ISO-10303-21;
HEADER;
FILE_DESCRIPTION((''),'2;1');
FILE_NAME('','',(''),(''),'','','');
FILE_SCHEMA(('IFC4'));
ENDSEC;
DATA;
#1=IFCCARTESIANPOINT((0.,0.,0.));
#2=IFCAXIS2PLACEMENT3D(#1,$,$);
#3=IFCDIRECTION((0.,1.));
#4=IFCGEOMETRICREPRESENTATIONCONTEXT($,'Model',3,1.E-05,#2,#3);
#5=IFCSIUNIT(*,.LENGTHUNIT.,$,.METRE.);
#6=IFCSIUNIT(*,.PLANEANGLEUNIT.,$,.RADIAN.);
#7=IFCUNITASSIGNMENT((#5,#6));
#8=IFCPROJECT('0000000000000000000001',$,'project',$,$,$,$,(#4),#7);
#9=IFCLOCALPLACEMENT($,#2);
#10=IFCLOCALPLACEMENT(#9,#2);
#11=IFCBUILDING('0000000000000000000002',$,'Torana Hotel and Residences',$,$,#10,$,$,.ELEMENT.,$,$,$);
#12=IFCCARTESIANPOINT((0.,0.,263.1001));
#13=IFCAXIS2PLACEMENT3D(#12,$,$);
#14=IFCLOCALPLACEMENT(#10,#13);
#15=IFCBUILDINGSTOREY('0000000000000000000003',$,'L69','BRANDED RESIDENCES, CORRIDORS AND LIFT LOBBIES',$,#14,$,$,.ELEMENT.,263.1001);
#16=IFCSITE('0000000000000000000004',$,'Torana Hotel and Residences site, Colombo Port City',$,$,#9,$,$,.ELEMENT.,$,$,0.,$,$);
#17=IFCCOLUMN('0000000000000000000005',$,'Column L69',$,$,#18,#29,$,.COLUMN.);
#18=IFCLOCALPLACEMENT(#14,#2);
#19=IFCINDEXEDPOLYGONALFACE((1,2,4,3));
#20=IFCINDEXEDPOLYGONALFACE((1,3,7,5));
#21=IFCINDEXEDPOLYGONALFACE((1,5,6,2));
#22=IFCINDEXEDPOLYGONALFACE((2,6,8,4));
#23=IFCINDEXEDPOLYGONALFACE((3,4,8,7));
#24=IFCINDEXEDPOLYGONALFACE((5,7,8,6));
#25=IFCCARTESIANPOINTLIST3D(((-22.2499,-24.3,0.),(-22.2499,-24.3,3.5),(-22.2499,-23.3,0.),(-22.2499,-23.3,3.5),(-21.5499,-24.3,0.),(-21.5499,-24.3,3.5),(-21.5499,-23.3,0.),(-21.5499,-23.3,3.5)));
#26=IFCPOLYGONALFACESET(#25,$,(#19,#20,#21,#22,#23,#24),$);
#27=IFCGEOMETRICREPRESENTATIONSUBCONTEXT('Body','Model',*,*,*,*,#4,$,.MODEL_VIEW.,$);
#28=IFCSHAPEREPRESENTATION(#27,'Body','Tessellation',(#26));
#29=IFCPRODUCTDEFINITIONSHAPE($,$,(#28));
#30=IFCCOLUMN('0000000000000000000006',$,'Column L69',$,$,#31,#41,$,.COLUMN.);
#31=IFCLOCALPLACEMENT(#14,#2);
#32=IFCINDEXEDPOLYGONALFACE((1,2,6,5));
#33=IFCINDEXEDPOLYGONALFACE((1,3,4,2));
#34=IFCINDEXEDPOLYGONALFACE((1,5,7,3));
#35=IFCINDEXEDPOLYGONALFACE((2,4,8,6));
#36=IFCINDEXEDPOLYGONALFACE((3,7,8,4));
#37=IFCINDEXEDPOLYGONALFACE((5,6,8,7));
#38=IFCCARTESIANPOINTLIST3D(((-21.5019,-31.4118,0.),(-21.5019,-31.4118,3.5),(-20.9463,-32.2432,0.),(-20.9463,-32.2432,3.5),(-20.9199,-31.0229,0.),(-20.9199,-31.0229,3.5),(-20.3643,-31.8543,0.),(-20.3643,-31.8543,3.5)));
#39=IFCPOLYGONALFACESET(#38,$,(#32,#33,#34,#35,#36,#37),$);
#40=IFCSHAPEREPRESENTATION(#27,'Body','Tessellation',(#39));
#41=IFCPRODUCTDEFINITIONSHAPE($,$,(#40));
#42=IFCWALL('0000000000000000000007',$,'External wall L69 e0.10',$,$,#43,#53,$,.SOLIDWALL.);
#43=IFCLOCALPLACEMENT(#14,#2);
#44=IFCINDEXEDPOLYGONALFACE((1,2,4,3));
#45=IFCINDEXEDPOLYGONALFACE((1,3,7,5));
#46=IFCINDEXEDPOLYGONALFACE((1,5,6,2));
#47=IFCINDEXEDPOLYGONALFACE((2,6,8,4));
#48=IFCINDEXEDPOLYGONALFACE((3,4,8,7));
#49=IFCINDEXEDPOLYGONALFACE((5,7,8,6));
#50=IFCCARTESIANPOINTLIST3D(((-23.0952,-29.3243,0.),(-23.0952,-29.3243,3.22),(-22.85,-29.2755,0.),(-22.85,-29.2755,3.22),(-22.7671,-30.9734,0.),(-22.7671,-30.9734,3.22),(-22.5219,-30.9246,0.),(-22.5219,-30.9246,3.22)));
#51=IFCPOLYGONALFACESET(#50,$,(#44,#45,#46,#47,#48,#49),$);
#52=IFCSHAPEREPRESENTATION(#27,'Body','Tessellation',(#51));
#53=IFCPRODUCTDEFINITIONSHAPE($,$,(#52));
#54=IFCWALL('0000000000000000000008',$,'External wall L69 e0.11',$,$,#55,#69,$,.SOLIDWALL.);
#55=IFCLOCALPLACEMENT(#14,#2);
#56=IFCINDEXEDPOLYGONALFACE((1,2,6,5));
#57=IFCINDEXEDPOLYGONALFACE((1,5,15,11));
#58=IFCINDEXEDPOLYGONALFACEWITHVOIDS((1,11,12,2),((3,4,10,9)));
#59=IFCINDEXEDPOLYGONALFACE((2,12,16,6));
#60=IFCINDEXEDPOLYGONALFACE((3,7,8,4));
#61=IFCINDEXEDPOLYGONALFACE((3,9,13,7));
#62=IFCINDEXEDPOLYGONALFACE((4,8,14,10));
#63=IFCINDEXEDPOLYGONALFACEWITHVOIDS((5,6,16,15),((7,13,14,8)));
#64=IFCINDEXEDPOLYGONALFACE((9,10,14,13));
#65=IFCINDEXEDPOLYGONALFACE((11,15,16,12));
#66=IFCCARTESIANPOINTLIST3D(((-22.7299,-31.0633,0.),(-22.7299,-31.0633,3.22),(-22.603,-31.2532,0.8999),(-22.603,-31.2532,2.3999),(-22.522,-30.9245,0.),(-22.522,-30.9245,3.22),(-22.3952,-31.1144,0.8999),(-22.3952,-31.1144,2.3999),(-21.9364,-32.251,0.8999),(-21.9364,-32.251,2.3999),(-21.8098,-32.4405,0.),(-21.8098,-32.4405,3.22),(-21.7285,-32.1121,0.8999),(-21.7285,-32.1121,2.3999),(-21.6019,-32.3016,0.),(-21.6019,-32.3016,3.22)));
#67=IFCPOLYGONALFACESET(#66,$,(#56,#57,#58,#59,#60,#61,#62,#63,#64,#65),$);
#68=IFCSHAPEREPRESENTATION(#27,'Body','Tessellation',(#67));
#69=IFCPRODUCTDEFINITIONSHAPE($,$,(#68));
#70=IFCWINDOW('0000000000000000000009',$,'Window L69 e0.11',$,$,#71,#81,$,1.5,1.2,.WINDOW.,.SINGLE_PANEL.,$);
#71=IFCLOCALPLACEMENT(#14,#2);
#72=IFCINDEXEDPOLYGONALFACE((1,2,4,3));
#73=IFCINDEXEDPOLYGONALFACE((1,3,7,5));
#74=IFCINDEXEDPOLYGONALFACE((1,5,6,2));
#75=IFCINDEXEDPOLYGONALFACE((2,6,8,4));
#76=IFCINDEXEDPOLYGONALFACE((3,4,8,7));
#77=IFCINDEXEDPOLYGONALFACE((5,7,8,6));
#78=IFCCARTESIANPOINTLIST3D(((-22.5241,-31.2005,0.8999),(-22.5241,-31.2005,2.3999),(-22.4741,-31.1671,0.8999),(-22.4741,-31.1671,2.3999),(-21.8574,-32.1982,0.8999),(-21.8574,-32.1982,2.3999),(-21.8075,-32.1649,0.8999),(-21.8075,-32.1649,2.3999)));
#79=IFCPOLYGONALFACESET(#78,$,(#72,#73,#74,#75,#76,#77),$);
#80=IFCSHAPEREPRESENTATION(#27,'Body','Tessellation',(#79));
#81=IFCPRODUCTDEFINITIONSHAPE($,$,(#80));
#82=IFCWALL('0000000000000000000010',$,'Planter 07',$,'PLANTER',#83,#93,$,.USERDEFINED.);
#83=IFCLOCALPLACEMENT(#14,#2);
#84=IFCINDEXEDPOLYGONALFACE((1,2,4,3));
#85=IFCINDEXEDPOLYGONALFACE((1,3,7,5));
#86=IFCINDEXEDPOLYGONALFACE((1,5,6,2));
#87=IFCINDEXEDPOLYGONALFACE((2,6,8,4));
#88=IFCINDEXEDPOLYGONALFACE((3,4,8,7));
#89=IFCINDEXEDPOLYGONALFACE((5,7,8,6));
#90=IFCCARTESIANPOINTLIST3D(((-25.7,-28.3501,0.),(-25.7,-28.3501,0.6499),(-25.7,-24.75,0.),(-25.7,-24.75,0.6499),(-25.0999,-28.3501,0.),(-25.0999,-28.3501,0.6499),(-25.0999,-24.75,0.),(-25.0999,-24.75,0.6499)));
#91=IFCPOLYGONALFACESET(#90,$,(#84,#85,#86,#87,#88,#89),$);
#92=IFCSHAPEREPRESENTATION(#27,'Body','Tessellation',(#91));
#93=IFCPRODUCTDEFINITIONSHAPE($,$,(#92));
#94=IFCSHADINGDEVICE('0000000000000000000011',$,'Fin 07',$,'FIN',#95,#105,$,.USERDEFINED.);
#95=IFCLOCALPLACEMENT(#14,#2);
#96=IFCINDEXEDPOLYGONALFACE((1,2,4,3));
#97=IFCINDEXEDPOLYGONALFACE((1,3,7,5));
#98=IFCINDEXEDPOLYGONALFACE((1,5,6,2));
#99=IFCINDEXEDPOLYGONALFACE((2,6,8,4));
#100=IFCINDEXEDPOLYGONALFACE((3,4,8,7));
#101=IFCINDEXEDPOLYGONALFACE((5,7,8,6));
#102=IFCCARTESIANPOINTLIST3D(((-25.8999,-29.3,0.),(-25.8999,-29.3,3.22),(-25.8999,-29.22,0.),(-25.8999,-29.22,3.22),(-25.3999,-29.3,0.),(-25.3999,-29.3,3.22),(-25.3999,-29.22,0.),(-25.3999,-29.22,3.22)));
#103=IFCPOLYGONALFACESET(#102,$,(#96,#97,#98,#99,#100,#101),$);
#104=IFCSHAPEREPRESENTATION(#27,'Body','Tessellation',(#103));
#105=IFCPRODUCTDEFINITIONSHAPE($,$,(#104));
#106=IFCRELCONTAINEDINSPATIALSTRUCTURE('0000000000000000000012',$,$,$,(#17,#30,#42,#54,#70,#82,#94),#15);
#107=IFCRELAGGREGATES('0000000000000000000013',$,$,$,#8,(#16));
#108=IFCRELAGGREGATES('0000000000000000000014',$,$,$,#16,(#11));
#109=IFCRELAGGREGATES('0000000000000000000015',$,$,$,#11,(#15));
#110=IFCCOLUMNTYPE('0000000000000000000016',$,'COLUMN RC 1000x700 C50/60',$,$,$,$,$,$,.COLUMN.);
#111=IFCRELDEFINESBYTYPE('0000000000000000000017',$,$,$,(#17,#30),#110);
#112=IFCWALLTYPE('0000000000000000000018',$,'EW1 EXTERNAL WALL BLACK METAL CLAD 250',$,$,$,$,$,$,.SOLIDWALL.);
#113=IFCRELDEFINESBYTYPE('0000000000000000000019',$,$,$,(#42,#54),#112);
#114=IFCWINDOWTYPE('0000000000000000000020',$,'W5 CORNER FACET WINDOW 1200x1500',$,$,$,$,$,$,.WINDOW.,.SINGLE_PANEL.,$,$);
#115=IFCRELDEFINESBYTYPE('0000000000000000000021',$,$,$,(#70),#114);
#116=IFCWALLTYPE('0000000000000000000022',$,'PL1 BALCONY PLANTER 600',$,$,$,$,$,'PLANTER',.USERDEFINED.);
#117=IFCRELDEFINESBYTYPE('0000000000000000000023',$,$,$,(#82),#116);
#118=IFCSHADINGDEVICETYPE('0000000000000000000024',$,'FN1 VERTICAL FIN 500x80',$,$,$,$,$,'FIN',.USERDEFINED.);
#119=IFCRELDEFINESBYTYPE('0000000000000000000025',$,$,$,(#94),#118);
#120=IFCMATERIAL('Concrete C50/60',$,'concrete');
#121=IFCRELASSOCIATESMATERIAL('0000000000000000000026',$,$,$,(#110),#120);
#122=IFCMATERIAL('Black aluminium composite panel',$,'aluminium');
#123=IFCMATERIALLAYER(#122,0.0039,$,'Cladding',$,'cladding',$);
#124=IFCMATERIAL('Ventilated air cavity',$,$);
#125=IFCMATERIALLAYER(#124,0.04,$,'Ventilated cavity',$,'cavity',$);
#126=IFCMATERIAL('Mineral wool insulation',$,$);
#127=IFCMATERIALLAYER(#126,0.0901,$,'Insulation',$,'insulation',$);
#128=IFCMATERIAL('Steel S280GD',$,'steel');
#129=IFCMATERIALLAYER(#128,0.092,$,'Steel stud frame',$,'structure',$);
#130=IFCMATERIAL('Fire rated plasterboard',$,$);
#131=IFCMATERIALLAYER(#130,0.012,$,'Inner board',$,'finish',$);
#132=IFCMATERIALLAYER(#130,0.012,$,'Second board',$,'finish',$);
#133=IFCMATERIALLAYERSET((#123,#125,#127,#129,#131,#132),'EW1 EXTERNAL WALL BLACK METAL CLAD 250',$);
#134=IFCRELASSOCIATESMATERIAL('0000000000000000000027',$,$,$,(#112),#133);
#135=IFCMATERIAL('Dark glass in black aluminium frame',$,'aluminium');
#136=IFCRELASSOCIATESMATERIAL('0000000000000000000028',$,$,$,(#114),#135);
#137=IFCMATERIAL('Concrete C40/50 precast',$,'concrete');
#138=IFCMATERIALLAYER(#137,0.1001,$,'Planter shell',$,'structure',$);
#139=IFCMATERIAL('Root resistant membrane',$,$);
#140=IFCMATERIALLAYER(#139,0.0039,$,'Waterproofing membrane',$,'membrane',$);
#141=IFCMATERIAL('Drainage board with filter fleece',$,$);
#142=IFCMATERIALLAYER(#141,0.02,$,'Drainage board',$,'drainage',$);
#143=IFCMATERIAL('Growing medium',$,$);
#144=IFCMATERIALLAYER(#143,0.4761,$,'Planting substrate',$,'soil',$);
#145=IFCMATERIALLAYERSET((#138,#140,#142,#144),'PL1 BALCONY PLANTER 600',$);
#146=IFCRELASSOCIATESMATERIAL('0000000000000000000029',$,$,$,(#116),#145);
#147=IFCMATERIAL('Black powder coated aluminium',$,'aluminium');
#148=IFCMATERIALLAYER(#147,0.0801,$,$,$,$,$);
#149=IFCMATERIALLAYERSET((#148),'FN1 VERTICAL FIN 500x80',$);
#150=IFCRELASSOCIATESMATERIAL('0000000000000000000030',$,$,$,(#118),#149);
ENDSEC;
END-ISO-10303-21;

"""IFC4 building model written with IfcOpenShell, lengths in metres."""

from ifc_helpers import new_model, si_unit, direction, frame, frame_2d, origin, origin_2d, place, context, subcontext, project, spatial, rectangle, extrude, material, layer, layer_set, material_profile, profile_set, type_object, element, fill, save


model = new_model("IFC4")

# Units and contexts
model_context = context("Model", 3, precision=1e-05, world=origin(), true_north=direction((0.0, 1.0)))
body_context = subcontext(model_context, "Body", "Model", "MODEL_VIEW")
ifc_project = project(units=[si_unit("LENGTHUNIT", "METRE"), si_unit("PLANEANGLEUNIT", "RADIAN")], contexts=[model_context])

# Site, building, storey
site_placement = place(None, origin())
site = spatial("IfcSite", under=ifc_project, at=site_placement, Name="Torana Hotel and Residences site, Colombo Port City", CompositionType="ELEMENT", RefElevation=0.0)
building_placement = place(site_placement, origin())
building = spatial("IfcBuilding", under=site, at=building_placement, Name="Torana Hotel and Residences", CompositionType="ELEMENT")
storey_placement = place(building_placement, frame((0.0, 0.0, 263.1001)))
storey = spatial("IfcBuildingStorey", under=building, at=storey_placement, Name="L69", Description="BRANDED RESIDENCES, CORRIDORS AND LIFT LOBBIES", CompositionType="ELEMENT", Elevation=263.1001)

# Columns
ifc_material_1 = material(Name="Concrete C50/60", Category="concrete")
ifc_material_profile = material_profile(ifc_material_1, rectangle(XDim=1.0, YDim=0.7, at=origin_2d()), Name="RC 1000x700")
ifc_profile_set = profile_set([ifc_material_profile], Name="Concrete C50/60")
column_type = type_object("IfcColumnType", Name="COLUMN RC 1000x700 C50/60", PredefinedType="COLUMN", material=ifc_profile_set)
for number, where, z_axis, x_axis, name in (
    (1, (-21.8999, -23.8, 0.0), (0.0, 0.0, 1.0), (0.0, 1.0, 0.0), "Column L69"),
    (2, (-20.9331, -31.6331, 0.0), (0.0, 0.0, 1.0), (-0.555585, 0.83146, 0.0), "Column L69"),
):
    element("IfcColumn", number, at=place(storey_placement, frame(where, z_axis=z_axis, x_axis=x_axis)), inside=storey, type_object=column_type, Name=name, PredefinedType="COLUMN", context=body_context, shape_type="SweptSolid", body=[
        extrude(rectangle(XDim=1.0, YDim=0.7, at=origin_2d()), origin(), (0.0, 0.0, 1.0), 3.5),
    ])

# Wall
ifc_material_2 = material(Name="Black aluminium composite panel", Category="aluminium")
ifc_layer_1 = layer(ifc_material_2, 0.0039, Name="Cladding", Category="cladding")
ifc_material_3 = material(Name="Ventilated air cavity")
ifc_layer_2 = layer(ifc_material_3, 0.04, Name="Ventilated cavity", Category="cavity")
ifc_material_4 = material(Name="Mineral wool insulation")
ifc_layer_3 = layer(ifc_material_4, 0.0901, Name="Insulation", Category="insulation")
ifc_material_5 = material(Name="Steel S280GD", Category="steel")
ifc_layer_4 = layer(ifc_material_5, 0.092, Name="Steel stud frame", Category="structure")
ifc_material_6 = material(Name="Fire rated plasterboard")
ifc_layer_5 = layer(ifc_material_6, 0.012, Name="Inner board", Category="finish")
ifc_layer_6 = layer(ifc_material_6, 0.012, Name="Second board", Category="finish")
ifc_layer_set_1 = layer_set([ifc_layer_1, ifc_layer_2, ifc_layer_3, ifc_layer_4, ifc_layer_5, ifc_layer_6], Name="EW1 EXTERNAL WALL BLACK METAL CLAD 250")
wall_type_1 = type_object("IfcWallType", Name="EW1 EXTERNAL WALL BLACK METAL CLAD 250", PredefinedType="SOLIDWALL", material=ifc_layer_set_1)
wall_1_placement = place(storey_placement, frame((-22.9727, -29.2998, 0.0), z_axis=(0.0, 0.0, 1.0), x_axis=(0.195139, -0.980776, 0.0)))
element("IfcWall", 3, at=wall_1_placement, inside=storey, type_object=wall_type_1, Name="External wall L69 e0.10", PredefinedType="SOLIDWALL", context=body_context, shape_type="SweptSolid", body=[
    extrude(rectangle(XDim=1.6814, YDim=0.25, at=frame_2d((0.8408, 0.0))), origin(), (0.0, 0.0, 1.0), 3.22),
])

# Wall, opening, window
wall_2_placement = place(storey_placement, frame((-22.626, -30.9939, 0.0), z_axis=(0.0, 0.0, 1.0), x_axis=(0.55555, -0.831483, 0.0)))
wall_2 = element("IfcWall", 4, at=wall_2_placement, inside=storey, type_object=wall_type_1, Name="External wall L69 e0.11", PredefinedType="SOLIDWALL", context=body_context, shape_type="SweptSolid", body=[
    extrude(rectangle(XDim=1.6562, YDim=0.25, at=frame_2d((0.8281, 0.0))), origin(), (0.0, 0.0, 1.0), 3.22),
])
opening_placement = place(wall_2_placement, frame((0.2283, 0.0, 0.8999)))
opening = element("IfcOpeningElement", 5, at=opening_placement, cuts=wall_2, PredefinedType="OPENING", context=body_context, shape_type="SweptSolid", body=[
    extrude(rectangle(XDim=1.2, YDim=1.5, at=frame_2d((0.6001, 0.75))), frame((0.0, 0.135, 0.0), z_axis=(0.0, -1.0, 0.0), x_axis=(1.0, 0.0, 0.0)), (0.0, 0.0, 1.0), 0.27),
])
ifc_material_7 = material(Name="Dark glass in black aluminium frame", Category="aluminium")
window_type = type_object("IfcWindowType", Name="W5 CORNER FACET WINDOW 1200x1500", PartitioningType="SINGLE_PANEL", PredefinedType="WINDOW", material=ifc_material_7)
window_placement = place(opening_placement, origin())
window = element("IfcWindow", 6, at=window_placement, inside=storey, type_object=window_type, Name="Window L69 e0.11", OverallHeight=1.5, OverallWidth=1.2, PartitioningType="SINGLE_PANEL", PredefinedType="WINDOW", context=body_context, shape_type="SweptSolid", body=[
    extrude(rectangle(XDim=1.2, YDim=1.5, at=frame_2d((0.6001, 0.75))), frame((0.0, 0.03, 0.0), z_axis=(0.0, -1.0, 0.0), x_axis=(1.0, 0.0, 0.0)), (0.0, 0.0, 1.0), 0.0601),
])
fill(opening, window)

# Wall
ifc_material_8 = material(Name="Concrete C40/50 precast", Category="concrete")
ifc_layer_7 = layer(ifc_material_8, 0.1001, Name="Planter shell", Category="structure")
ifc_material_9 = material(Name="Root resistant membrane")
ifc_layer_8 = layer(ifc_material_9, 0.0039, Name="Waterproofing membrane", Category="membrane")
ifc_material_10 = material(Name="Drainage board with filter fleece")
ifc_layer_9 = layer(ifc_material_10, 0.02, Name="Drainage board", Category="drainage")
ifc_material_11 = material(Name="Growing medium")
ifc_layer_10 = layer(ifc_material_11, 0.4761, Name="Planting substrate", Category="soil")
ifc_layer_set_2 = layer_set([ifc_layer_7, ifc_layer_8, ifc_layer_9, ifc_layer_10], Name="PL1 BALCONY PLANTER 600")
wall_type_2 = type_object("IfcWallType", Name="PL1 BALCONY PLANTER 600", ElementType="PLANTER", PredefinedType="USERDEFINED", material=ifc_layer_set_2)
wall_3_placement = place(storey_placement, frame((-25.3999, -28.3501, 0.0), z_axis=(0.0, 0.0, 1.0), x_axis=(0.0, 1.0, 0.0)))
element("IfcWall", 7, at=wall_3_placement, inside=storey, type_object=wall_type_2, Name="Planter 07", ObjectType="PLANTER", PredefinedType="USERDEFINED", context=body_context, shape_type="SweptSolid", body=[
    extrude(rectangle(XDim=3.6001, YDim=0.6001, at=frame_2d((1.8, 0.0))), origin(), (0.0, 0.0, 1.0), 0.6499),
])

# Shading device
ifc_material_12 = material(Name="Black powder coated aluminium", Category="aluminium")
ifc_layer_11 = layer(ifc_material_12, 0.0801)
ifc_layer_set_3 = layer_set([ifc_layer_11], Name="FN1 VERTICAL FIN 500x80")
shading_device_type = type_object("IfcShadingDeviceType", Name="FN1 VERTICAL FIN 500x80", ElementType="FIN", PredefinedType="USERDEFINED", material=ifc_layer_set_3)
shading_device_placement = place(storey_placement, frame((-25.6499, -29.26, 0.0), z_axis=(0.0, 0.0, 1.0), x_axis=(0.0, 1.0, 0.0)))
element("IfcShadingDevice", 8, at=shading_device_placement, inside=storey, type_object=shading_device_type, Name="Fin 07", ObjectType="FIN", PredefinedType="USERDEFINED", context=body_context, shape_type="SweptSolid", body=[
    extrude(rectangle(XDim=0.0801, YDim=0.5, at=origin_2d()), origin(), (0.0, 0.0, 1.0), 3.22),
])

save(model, "model.ifc")
